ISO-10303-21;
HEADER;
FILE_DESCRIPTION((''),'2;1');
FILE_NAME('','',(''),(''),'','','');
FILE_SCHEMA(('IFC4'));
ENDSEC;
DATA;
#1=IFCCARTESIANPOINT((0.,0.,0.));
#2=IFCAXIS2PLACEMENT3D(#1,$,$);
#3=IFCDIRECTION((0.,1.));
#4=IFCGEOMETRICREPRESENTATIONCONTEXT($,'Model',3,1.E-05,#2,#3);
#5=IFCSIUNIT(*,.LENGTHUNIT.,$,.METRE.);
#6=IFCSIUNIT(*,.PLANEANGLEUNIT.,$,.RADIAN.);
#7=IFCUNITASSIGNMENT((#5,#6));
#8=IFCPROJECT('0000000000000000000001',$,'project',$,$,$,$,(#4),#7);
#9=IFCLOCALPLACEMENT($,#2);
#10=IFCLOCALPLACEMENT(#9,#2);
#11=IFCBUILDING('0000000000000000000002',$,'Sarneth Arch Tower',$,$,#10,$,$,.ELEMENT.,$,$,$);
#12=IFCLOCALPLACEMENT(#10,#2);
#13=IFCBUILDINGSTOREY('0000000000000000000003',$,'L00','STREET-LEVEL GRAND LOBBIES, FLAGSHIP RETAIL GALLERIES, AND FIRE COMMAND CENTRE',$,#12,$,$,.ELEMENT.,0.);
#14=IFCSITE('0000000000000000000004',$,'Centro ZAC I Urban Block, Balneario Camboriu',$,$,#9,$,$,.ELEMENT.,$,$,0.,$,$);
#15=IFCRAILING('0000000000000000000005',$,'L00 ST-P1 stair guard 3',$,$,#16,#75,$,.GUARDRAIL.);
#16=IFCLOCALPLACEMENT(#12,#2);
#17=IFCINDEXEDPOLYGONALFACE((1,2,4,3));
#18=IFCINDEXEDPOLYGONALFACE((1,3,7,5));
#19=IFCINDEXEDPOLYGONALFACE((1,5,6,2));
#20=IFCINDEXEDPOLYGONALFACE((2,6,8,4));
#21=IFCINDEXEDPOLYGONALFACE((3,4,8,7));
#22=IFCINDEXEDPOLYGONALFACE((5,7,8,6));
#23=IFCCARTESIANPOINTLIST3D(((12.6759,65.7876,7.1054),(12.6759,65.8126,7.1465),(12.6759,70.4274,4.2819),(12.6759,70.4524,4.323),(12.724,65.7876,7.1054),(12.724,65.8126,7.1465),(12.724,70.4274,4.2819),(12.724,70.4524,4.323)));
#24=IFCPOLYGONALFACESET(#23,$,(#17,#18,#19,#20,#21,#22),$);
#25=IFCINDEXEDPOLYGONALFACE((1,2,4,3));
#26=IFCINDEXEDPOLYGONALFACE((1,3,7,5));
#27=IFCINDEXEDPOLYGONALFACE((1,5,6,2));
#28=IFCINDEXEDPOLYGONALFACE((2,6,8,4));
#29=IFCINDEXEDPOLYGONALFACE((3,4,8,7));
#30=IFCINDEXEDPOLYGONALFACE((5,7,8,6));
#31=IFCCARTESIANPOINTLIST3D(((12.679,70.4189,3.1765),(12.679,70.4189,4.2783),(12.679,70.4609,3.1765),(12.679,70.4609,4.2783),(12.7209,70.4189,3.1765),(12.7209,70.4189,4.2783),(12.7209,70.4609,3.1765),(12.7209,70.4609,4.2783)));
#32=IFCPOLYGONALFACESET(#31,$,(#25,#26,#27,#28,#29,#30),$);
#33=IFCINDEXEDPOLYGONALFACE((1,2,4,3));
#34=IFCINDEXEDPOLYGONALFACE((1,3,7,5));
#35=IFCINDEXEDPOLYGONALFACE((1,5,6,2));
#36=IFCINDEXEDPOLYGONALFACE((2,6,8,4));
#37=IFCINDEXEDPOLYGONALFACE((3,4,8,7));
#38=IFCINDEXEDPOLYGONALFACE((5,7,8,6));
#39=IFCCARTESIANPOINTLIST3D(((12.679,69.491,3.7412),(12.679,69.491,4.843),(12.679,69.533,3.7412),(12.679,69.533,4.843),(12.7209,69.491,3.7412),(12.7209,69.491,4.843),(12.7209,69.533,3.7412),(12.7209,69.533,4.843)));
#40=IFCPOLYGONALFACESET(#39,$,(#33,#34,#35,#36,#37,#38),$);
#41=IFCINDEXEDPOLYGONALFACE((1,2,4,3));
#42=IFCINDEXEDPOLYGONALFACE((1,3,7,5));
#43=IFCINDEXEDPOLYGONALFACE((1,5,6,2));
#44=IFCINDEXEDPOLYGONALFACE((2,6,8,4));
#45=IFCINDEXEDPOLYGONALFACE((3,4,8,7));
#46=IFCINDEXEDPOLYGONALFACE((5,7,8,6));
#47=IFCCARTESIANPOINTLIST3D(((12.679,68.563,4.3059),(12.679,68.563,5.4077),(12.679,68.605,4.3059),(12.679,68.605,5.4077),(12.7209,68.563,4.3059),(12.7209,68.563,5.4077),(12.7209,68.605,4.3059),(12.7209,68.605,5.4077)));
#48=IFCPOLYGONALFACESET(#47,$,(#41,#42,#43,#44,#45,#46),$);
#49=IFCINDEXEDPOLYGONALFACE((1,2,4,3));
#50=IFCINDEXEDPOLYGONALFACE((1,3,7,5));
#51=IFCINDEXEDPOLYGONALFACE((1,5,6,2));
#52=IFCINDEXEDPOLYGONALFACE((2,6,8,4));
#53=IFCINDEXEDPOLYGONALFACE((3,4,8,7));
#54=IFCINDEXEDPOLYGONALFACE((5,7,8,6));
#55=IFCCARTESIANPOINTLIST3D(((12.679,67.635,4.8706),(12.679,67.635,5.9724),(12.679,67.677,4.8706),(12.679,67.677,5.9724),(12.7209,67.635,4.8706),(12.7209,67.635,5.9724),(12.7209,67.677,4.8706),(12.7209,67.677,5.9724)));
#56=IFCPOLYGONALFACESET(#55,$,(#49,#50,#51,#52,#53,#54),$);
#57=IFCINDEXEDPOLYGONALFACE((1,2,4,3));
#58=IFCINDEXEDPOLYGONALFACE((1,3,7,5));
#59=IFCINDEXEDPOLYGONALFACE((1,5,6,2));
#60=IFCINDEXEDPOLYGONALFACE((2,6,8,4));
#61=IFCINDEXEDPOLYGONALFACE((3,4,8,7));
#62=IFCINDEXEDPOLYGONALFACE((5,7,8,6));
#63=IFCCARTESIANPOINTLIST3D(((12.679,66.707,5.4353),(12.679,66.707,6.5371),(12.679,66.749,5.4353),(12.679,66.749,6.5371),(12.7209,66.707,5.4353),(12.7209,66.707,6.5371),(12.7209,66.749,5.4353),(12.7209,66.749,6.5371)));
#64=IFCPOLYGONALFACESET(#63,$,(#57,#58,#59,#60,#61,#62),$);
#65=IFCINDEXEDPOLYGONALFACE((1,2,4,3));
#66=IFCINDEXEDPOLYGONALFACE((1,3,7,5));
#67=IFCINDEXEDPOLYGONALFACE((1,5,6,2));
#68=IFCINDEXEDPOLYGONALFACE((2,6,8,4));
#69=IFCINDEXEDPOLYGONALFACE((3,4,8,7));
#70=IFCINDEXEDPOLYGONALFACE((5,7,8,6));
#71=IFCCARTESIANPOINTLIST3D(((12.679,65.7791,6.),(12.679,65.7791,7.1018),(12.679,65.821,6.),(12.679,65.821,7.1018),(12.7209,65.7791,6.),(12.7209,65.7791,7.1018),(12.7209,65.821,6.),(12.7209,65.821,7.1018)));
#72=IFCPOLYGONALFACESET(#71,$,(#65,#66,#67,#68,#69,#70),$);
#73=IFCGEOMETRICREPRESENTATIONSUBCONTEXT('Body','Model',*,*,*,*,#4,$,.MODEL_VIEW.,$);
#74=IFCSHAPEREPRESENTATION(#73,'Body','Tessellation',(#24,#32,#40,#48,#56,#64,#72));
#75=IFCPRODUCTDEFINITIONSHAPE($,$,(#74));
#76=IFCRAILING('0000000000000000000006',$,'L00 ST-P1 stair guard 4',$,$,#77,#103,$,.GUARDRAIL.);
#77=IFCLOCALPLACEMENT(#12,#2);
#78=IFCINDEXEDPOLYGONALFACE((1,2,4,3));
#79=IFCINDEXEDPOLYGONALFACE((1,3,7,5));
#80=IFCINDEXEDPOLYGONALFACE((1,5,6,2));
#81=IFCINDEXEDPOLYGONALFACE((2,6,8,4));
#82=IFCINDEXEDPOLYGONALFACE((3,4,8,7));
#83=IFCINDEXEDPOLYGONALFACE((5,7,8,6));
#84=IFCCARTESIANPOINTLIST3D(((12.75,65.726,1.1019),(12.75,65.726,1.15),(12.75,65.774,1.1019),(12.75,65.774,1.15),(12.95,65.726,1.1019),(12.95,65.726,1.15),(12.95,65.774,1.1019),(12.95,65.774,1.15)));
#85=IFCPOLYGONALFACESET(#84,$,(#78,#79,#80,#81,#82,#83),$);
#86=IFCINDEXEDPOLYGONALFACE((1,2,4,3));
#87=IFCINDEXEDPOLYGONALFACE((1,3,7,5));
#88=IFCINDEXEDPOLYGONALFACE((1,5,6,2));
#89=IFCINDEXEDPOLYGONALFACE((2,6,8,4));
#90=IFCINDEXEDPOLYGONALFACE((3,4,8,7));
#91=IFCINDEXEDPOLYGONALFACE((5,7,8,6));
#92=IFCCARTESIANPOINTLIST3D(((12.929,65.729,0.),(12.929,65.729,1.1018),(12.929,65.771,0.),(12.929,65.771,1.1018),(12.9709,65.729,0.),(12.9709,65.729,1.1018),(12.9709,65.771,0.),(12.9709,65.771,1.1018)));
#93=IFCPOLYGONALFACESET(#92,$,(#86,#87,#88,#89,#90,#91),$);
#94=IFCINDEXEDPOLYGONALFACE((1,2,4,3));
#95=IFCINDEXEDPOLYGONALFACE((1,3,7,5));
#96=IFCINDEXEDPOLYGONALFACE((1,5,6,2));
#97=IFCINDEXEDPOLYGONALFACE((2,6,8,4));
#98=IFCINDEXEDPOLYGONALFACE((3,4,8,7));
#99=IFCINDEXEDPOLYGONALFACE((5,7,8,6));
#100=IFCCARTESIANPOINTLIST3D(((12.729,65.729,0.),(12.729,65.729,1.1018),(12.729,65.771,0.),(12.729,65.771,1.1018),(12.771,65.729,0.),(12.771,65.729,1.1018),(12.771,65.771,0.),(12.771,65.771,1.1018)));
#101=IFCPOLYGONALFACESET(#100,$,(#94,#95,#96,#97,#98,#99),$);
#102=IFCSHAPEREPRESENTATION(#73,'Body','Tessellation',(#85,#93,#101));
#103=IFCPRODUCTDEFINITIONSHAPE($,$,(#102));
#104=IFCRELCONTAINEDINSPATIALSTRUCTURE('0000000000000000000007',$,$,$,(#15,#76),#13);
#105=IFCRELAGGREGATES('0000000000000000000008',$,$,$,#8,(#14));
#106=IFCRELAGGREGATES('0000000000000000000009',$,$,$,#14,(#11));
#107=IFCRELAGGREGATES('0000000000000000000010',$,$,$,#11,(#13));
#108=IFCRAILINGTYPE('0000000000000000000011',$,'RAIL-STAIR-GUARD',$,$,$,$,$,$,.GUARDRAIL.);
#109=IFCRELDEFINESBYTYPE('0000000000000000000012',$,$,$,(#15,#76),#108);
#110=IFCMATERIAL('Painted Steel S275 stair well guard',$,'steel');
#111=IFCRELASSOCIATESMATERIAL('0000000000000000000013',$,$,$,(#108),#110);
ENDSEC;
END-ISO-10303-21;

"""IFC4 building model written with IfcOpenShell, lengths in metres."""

from ifc_helpers import new_model, si_unit, direction, frame, origin, origin_2d, place, context, subcontext, project, spatial, rectangle, extrude, material, type_object, element, save


model = new_model("IFC4")

# Units and contexts
model_context = context("Model", 3, precision=1e-05, world=origin(), true_north=direction((0.0, 1.0)))
body_context = subcontext(model_context, "Body", "Model", "MODEL_VIEW")
ifc_project = project(units=[si_unit("LENGTHUNIT", "METRE"), si_unit("PLANEANGLEUNIT", "RADIAN")], contexts=[model_context])

# Site, building, storey
site_placement = place(None, origin())
site = spatial("IfcSite", under=ifc_project, at=site_placement, Name="Centro ZAC I Urban Block, Balneario Camboriu", CompositionType="ELEMENT", RefElevation=0.0)
building_placement = place(site_placement, origin())
building = spatial("IfcBuilding", under=site, at=building_placement, Name="Sarneth Arch Tower", CompositionType="ELEMENT")
storey_placement = place(building_placement, origin())
storey = spatial("IfcBuildingStorey", under=building, at=storey_placement, Name="L00", Description="STREET-LEVEL GRAND LOBBIES, FLAGSHIP RETAIL GALLERIES, AND FIRE COMMAND CENTRE", CompositionType="ELEMENT", Elevation=0.0)

# Railings
ifc_material_1 = material(Name="Painted Steel S275 stair well guard", Category="steel")
railing_type_1 = type_object("IfcRailingType", Name="RAIL-STAIR-GUARD", PredefinedType="GUARDRAIL", material=ifc_material_1)
railing_1_placement = place(storey_placement, frame((12.7, 70.4399, 3.1765)))
element("IfcRailing", 1, at=railing_1_placement, inside=storey, type_object=railing_type_1, Name="L00 ST-P1 stair guard 3", PredefinedType="GUARDRAIL", context=body_context, shape_type="SweptSolid", body=[
    extrude(rectangle(XDim=0.0481, YDim=0.0481, at=origin_2d()), frame((0.0, 0.0, 1.126), z_axis=(0.0, -0.854264, 0.51984), x_axis=(1.0, 0.0, 0.0)), (0.0, 0.0, 1.0), 5.4314),
    extrude(rectangle(XDim=0.042, YDim=0.042, at=origin_2d()), origin(), (0.0, 0.0, 1.0), 1.1018),
    extrude(rectangle(XDim=0.042, YDim=0.042, at=origin_2d()), frame((0.0, -0.928, 0.5647)), (0.0, 0.0, 1.0), 1.1018),
    extrude(rectangle(XDim=0.042, YDim=0.042, at=origin_2d()), frame((0.0, -1.856, 1.1294)), (0.0, 0.0, 1.0), 1.1018),
    extrude(rectangle(XDim=0.042, YDim=0.042, at=origin_2d()), frame((0.0, -2.7839, 1.6941)), (0.0, 0.0, 1.0), 1.1018),
    extrude(rectangle(XDim=0.042, YDim=0.042, at=origin_2d()), frame((0.0, -3.7119, 2.2588)), (0.0, 0.0, 1.0), 1.1018),
    extrude(rectangle(XDim=0.042, YDim=0.042, at=origin_2d()), frame((0.0, -4.6399, 2.8235)), (0.0, 0.0, 1.0), 1.1018),
])
railing_2_placement = place(storey_placement, frame((12.95, 65.75, 0.0)))
element("IfcRailing", 2, at=railing_2_placement, inside=storey, type_object=railing_type_1, Name="L00 ST-P1 stair guard 4", PredefinedType="GUARDRAIL", context=body_context, shape_type="SweptSolid", body=[
    extrude(rectangle(XDim=0.0481, YDim=0.0481, at=origin_2d()), frame((0.0, 0.0, 1.126), z_axis=(-1.0, 0.0, 0.0), x_axis=(0.0, -1.0, 0.0)), (0.0, 0.0, 1.0), 0.2),
    extrude(rectangle(XDim=0.042, YDim=0.042, at=origin_2d()), origin(), (0.0, 0.0, 1.0), 1.1018),
    extrude(rectangle(XDim=0.042, YDim=0.042, at=origin_2d()), frame((-0.2, 0.0, 0.0)), (0.0, 0.0, 1.0), 1.1018),
])

save(model, "model.ifc")
